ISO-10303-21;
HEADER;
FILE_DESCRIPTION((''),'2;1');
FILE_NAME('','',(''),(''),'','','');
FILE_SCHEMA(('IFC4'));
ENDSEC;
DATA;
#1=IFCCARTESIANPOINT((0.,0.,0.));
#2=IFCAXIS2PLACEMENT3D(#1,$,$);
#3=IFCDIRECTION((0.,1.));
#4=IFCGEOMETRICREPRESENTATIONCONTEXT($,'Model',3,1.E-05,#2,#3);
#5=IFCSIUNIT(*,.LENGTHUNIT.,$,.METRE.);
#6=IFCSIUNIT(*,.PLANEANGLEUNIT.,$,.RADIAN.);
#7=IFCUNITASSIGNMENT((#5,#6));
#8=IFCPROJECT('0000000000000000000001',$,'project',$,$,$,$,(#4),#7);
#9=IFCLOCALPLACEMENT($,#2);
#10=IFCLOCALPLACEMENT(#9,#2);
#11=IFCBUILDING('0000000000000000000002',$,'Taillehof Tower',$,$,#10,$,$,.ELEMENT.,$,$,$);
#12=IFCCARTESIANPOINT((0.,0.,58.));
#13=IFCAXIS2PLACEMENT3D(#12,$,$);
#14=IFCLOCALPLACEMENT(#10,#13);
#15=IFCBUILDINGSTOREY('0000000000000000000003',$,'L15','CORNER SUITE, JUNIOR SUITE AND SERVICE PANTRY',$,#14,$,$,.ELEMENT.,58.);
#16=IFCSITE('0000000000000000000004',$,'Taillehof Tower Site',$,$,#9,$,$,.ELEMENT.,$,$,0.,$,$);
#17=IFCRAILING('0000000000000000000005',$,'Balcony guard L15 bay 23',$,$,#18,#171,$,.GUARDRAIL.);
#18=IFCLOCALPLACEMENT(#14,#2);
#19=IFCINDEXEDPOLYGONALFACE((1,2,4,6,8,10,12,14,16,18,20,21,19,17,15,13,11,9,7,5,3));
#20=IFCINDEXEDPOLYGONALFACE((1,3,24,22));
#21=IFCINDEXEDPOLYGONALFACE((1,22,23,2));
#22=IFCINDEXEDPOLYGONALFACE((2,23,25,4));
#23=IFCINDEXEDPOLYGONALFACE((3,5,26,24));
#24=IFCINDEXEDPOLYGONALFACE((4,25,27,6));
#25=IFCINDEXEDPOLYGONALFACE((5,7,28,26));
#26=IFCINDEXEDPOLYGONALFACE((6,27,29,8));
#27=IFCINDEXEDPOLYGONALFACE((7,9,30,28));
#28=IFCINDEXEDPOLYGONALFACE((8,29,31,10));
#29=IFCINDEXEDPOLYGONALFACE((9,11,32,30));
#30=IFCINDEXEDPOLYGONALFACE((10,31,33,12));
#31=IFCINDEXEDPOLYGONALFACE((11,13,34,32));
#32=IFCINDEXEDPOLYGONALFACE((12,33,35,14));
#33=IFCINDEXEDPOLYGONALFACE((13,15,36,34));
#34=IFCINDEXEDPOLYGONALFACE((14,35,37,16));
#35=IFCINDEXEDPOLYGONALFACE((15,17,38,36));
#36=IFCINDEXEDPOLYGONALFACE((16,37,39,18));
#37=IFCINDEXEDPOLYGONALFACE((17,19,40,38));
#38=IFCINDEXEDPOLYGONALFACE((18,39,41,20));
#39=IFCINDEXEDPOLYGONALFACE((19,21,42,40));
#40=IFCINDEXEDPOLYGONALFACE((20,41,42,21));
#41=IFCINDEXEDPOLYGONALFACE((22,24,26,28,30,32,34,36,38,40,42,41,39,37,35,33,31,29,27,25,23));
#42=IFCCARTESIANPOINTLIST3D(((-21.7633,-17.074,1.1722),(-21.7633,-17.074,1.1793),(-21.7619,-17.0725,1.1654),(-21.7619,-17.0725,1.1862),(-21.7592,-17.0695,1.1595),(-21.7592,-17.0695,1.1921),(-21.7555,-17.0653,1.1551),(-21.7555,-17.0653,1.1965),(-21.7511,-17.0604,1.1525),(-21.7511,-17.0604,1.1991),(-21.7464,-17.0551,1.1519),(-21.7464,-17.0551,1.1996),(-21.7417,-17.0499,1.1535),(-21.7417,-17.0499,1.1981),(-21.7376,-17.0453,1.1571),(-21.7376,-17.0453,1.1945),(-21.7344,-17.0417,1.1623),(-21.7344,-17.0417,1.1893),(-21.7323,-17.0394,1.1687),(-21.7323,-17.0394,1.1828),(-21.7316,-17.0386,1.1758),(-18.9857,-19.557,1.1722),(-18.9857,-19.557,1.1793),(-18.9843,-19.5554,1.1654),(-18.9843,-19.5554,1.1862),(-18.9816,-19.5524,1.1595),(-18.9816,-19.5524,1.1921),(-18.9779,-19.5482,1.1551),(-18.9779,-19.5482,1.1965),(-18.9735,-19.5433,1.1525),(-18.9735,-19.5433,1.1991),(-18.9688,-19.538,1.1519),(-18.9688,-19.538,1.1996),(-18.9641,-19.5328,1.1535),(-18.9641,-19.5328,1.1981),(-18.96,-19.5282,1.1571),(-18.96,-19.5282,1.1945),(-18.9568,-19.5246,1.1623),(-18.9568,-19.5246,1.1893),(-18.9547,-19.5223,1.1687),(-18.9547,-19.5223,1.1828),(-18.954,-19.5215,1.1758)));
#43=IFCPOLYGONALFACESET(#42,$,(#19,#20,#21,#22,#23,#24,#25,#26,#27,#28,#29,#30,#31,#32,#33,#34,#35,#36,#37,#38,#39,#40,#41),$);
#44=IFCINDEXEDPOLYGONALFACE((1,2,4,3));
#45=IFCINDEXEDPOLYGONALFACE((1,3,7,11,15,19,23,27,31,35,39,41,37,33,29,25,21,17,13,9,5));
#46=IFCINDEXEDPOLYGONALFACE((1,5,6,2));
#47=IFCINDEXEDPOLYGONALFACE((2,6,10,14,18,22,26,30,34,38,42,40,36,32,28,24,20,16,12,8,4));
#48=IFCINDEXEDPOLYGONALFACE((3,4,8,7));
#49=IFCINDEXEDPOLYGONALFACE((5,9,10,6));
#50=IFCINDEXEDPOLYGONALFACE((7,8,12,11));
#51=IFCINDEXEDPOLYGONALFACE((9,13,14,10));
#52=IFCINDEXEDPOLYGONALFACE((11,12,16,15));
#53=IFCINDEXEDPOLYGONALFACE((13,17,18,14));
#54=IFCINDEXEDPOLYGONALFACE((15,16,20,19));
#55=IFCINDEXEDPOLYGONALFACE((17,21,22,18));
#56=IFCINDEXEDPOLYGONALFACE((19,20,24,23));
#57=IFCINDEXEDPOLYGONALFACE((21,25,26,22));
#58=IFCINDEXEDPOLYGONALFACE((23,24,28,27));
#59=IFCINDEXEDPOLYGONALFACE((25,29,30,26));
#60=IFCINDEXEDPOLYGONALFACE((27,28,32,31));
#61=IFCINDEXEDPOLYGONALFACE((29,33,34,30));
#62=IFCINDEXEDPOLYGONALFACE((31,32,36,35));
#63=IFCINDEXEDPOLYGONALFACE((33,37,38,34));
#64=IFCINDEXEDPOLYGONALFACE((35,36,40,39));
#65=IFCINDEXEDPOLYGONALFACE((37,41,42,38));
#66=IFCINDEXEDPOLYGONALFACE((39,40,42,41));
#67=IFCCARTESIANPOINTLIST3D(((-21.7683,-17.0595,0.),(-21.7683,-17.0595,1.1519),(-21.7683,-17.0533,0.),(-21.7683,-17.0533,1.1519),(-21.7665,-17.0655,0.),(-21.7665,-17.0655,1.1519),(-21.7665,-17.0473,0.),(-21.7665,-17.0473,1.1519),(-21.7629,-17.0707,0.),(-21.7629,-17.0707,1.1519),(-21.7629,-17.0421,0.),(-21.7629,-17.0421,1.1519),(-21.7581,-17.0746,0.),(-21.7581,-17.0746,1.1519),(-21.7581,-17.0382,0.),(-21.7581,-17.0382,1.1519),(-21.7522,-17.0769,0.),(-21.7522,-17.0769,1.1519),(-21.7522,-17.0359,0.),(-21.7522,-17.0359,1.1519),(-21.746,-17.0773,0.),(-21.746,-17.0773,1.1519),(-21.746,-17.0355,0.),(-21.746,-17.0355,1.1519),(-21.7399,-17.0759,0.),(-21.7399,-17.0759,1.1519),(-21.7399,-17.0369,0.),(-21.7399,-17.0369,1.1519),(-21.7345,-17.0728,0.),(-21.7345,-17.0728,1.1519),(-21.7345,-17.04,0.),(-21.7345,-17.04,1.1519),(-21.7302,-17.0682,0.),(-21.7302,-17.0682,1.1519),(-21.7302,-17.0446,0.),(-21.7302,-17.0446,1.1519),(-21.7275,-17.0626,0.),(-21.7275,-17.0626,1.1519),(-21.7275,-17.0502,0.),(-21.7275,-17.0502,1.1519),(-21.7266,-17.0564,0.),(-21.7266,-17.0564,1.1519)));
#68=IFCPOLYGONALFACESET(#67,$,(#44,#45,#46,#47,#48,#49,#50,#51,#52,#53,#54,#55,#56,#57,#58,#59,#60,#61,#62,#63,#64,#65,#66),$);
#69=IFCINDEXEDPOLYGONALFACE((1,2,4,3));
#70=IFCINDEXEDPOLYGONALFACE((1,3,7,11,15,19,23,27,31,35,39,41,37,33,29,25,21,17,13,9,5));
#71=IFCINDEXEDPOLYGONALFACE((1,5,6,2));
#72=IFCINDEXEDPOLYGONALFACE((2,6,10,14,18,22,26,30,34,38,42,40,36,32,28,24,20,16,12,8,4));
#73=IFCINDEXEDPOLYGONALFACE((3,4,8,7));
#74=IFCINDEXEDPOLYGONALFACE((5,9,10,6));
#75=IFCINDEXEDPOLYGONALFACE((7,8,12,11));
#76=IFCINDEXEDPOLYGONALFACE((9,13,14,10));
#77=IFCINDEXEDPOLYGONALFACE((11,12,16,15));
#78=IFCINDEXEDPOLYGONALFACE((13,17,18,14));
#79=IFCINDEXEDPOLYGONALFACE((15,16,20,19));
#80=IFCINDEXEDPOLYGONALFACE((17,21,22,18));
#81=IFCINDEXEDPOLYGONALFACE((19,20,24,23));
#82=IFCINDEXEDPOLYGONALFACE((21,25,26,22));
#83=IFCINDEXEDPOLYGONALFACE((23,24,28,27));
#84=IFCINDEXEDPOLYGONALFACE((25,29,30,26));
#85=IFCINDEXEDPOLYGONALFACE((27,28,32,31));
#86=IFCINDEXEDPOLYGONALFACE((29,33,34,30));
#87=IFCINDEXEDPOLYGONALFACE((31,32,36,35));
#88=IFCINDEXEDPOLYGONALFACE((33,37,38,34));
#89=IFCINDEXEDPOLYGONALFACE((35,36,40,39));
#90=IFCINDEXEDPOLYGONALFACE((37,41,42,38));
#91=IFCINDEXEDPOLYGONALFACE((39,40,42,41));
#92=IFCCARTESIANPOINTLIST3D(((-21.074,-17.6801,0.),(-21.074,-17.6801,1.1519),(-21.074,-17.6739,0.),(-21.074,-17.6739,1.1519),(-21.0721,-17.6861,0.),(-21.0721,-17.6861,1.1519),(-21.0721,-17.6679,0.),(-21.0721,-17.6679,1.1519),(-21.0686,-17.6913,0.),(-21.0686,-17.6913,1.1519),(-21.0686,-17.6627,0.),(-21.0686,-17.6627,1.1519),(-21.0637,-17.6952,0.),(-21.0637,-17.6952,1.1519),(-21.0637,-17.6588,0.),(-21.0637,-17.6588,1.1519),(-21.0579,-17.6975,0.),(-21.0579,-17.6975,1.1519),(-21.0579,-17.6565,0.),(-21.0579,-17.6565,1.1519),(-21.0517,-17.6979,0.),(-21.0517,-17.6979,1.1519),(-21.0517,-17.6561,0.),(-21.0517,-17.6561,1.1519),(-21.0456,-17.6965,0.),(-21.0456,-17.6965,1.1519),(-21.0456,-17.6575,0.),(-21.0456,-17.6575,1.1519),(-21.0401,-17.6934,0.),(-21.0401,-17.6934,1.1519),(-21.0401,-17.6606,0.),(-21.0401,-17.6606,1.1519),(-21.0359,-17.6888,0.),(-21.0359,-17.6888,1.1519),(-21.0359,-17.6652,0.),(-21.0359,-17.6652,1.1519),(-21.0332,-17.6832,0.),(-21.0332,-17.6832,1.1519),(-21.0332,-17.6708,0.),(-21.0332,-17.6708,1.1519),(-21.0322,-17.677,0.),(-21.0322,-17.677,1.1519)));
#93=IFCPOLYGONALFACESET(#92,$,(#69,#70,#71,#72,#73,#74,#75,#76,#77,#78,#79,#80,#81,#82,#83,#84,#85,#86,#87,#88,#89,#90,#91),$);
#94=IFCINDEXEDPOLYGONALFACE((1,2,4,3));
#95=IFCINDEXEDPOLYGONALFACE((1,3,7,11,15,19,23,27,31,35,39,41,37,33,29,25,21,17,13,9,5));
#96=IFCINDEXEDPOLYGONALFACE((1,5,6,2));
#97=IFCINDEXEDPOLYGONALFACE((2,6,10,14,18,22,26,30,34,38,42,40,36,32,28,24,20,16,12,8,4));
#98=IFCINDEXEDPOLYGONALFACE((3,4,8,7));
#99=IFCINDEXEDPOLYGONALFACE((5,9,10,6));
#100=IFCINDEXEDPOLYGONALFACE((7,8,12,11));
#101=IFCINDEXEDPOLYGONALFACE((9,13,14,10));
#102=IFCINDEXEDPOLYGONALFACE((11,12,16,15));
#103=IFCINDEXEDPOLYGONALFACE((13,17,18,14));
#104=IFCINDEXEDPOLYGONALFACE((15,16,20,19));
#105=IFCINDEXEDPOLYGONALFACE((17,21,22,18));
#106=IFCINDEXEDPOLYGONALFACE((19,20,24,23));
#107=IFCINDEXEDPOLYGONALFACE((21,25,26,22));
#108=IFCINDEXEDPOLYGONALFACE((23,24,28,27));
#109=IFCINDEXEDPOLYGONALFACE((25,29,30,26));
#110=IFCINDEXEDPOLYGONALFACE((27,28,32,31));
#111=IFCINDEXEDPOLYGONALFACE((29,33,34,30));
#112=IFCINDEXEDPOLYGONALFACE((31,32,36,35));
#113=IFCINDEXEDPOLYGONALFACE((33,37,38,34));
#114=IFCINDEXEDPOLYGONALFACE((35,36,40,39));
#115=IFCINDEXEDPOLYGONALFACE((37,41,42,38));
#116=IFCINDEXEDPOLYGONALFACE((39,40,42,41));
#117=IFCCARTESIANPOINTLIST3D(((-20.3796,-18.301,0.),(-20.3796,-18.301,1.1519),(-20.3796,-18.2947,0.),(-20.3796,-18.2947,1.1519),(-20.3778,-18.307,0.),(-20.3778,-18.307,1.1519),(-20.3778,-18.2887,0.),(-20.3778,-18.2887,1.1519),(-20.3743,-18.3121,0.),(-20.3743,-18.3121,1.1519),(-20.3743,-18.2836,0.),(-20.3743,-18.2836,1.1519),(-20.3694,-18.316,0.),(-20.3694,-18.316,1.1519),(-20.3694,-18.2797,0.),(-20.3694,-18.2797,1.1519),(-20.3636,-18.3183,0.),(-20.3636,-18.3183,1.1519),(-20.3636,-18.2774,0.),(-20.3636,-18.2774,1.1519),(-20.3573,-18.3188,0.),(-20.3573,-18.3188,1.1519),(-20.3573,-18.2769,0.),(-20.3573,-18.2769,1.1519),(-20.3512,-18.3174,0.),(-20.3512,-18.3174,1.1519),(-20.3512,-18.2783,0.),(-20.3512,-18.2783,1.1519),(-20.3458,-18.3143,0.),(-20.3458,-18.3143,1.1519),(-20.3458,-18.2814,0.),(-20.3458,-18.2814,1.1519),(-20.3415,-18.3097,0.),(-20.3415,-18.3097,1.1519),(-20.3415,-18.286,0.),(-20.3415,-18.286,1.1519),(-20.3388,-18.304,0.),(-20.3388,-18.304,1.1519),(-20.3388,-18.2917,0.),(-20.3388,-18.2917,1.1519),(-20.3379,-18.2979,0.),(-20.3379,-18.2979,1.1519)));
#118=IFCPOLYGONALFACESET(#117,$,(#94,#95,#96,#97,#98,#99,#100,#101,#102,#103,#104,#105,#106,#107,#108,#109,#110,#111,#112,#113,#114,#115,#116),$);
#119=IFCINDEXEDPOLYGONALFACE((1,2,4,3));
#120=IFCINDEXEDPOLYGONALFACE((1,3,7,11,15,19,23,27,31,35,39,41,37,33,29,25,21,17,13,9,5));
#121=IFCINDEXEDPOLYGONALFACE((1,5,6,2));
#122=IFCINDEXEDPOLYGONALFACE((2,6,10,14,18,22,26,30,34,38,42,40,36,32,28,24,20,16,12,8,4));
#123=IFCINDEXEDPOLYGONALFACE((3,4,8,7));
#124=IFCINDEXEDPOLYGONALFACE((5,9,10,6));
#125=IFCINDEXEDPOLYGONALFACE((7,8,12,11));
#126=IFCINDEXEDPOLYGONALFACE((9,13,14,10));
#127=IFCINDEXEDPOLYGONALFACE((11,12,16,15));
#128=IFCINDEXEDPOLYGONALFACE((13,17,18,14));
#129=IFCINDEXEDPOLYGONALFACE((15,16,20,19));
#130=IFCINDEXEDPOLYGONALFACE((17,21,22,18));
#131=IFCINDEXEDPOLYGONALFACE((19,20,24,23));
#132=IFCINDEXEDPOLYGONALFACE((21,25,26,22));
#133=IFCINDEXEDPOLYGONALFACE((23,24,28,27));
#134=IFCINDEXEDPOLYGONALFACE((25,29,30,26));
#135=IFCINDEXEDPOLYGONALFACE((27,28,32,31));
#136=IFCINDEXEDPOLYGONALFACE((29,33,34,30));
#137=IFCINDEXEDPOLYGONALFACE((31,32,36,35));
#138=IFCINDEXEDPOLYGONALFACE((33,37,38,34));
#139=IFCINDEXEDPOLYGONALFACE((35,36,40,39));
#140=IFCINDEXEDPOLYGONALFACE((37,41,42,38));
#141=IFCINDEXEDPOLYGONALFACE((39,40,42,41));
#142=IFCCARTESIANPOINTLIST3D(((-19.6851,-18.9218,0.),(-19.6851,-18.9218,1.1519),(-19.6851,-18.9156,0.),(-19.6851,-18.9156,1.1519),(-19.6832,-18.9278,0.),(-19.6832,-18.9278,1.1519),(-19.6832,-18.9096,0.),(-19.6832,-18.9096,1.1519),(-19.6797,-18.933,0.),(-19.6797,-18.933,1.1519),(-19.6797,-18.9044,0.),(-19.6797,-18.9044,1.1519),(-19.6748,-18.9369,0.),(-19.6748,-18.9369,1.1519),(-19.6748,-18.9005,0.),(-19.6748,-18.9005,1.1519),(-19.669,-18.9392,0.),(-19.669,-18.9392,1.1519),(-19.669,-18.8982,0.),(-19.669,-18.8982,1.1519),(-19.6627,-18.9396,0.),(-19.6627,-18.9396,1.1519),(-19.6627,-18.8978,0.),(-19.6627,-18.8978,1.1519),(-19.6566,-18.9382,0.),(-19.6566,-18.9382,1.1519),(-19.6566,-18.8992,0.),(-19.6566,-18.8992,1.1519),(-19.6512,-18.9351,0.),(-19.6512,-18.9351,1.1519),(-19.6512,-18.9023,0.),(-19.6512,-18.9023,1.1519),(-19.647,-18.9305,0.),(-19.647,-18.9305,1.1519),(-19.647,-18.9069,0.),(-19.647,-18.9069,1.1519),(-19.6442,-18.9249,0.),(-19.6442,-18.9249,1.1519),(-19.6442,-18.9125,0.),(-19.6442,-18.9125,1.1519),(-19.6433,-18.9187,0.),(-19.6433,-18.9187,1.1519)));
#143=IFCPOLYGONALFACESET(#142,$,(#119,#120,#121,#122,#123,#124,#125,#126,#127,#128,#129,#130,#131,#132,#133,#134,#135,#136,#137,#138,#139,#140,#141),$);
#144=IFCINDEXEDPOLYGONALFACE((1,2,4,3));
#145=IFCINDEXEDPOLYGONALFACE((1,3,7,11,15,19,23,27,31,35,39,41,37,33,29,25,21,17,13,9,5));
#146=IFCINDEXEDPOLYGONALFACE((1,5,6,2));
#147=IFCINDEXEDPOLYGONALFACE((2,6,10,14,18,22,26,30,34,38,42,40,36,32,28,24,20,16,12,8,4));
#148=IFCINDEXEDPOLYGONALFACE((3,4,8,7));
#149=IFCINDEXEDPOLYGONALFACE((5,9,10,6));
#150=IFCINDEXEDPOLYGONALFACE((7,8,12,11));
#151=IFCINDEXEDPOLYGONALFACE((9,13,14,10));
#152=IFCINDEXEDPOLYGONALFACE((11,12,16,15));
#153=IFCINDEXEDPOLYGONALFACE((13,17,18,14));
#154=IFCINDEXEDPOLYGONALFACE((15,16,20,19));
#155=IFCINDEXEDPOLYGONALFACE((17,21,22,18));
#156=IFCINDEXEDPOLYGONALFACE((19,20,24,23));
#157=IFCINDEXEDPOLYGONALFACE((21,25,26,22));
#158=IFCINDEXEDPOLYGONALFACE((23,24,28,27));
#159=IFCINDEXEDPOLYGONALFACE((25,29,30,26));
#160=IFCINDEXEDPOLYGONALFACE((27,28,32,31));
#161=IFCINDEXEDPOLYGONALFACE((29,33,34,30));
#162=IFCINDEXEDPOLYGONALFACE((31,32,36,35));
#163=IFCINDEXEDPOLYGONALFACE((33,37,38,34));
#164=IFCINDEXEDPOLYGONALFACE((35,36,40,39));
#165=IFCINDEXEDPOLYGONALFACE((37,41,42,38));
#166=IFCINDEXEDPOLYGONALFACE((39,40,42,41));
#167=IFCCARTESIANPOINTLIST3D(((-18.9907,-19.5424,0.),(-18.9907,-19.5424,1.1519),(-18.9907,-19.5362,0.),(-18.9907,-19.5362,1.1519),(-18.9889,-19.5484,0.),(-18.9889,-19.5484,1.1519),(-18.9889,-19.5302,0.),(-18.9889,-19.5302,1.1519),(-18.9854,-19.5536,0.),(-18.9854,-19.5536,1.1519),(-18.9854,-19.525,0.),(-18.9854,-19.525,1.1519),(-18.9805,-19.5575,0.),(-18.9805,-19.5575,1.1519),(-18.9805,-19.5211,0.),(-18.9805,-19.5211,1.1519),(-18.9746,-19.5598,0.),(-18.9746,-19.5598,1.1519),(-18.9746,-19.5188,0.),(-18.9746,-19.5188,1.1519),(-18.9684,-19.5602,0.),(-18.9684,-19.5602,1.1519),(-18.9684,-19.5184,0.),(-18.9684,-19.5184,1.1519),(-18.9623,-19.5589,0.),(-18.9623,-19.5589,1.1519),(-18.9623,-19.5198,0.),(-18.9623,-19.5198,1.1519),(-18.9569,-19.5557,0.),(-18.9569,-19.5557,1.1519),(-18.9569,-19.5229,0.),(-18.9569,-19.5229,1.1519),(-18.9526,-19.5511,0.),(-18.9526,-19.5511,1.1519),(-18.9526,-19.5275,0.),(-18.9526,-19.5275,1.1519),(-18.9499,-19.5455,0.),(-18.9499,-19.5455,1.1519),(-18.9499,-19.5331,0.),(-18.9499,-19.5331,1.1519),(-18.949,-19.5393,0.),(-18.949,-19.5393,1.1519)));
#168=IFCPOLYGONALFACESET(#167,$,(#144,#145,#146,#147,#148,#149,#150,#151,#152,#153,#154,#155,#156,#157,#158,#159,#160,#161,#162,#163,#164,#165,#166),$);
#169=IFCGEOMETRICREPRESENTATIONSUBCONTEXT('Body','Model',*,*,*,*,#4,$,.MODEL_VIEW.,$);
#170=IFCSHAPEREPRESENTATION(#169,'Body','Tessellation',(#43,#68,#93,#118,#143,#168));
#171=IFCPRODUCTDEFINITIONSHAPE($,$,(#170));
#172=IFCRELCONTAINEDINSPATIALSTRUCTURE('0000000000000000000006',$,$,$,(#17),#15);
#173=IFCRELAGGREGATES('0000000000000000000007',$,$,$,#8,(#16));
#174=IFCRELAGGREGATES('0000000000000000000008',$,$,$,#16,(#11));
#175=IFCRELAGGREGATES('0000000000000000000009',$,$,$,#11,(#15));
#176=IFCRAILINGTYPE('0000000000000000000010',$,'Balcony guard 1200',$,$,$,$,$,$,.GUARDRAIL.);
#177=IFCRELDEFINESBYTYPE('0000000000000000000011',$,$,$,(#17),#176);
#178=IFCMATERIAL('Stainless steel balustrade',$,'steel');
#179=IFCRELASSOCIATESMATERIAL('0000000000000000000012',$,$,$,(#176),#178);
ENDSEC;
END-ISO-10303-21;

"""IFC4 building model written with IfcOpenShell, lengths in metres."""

from ifc_helpers import new_model, si_unit, direction, frame, origin, origin_2d, place, context, subcontext, project, spatial, circle, extrude, material, type_object, element, save


model = new_model("IFC4")

# Units and contexts
model_context = context("Model", 3, precision=1e-05, world=origin(), true_north=direction((0.0, 1.0)))
body_context = subcontext(model_context, "Body", "Model", "MODEL_VIEW")
ifc_project = project(units=[si_unit("LENGTHUNIT", "METRE"), si_unit("PLANEANGLEUNIT", "RADIAN")], contexts=[model_context])

# Site, building, storey
site_placement = place(None, origin())
site = spatial("IfcSite", under=ifc_project, at=site_placement, Name="Taillehof Tower Site", CompositionType="ELEMENT", RefElevation=0.0)
building_placement = place(site_placement, origin())
building = spatial("IfcBuilding", under=site, at=building_placement, Name="Taillehof Tower", CompositionType="ELEMENT")
storey_placement = place(building_placement, frame((0.0, 0.0, 58.0)))
storey = spatial("IfcBuildingStorey", under=building, at=storey_placement, Name="L15", Description="CORNER SUITE, JUNIOR SUITE AND SERVICE PANTRY", CompositionType="ELEMENT", Elevation=58.0)

# Railing
ifc_material_1 = material(Name="Stainless steel balustrade", Category="steel")
railing_type = type_object("IfcRailingType", Name="Balcony guard 1200", PredefinedType="GUARDRAIL", material=ifc_material_1)
railing_1_placement = place(storey_placement, frame((-21.7476, -17.0564, 0.0)))
element("IfcRailing", 1, at=railing_1_placement, inside=storey, type_object=railing_type, Name="Balcony guard L15 bay 23", PredefinedType="GUARDRAIL", context=body_context, shape_type="SweptSolid", body=[
    extrude(circle(Radius=0.0239, at=origin_2d()), frame((0.0, 0.0, 1.1758), z_axis=(0.745548, -0.666452, 0.0), x_axis=(0.666452, 0.745548, 0.0)), (0.0, 0.0, 1.0), 3.7256),
    extrude(circle(Radius=0.021, at=origin_2d()), origin(), (0.0, 0.0, 1.0), 1.1519),
    extrude(circle(Radius=0.021, at=origin_2d()), frame((0.6943, -0.6206, 0.0)), (0.0, 0.0, 1.0), 1.1519),
    extrude(circle(Radius=0.021, at=origin_2d()), frame((1.3887, -1.2415, 0.0)), (0.0, 0.0, 1.0), 1.1519),
    extrude(circle(Radius=0.021, at=origin_2d()), frame((2.0833, -1.8623, 0.0)), (0.0, 0.0, 1.0), 1.1519),
    extrude(circle(Radius=0.021, at=origin_2d()), frame((2.7776, -2.4829, 0.0)), (0.0, 0.0, 1.0), 1.1519),
])

save(model, "model.ifc")
